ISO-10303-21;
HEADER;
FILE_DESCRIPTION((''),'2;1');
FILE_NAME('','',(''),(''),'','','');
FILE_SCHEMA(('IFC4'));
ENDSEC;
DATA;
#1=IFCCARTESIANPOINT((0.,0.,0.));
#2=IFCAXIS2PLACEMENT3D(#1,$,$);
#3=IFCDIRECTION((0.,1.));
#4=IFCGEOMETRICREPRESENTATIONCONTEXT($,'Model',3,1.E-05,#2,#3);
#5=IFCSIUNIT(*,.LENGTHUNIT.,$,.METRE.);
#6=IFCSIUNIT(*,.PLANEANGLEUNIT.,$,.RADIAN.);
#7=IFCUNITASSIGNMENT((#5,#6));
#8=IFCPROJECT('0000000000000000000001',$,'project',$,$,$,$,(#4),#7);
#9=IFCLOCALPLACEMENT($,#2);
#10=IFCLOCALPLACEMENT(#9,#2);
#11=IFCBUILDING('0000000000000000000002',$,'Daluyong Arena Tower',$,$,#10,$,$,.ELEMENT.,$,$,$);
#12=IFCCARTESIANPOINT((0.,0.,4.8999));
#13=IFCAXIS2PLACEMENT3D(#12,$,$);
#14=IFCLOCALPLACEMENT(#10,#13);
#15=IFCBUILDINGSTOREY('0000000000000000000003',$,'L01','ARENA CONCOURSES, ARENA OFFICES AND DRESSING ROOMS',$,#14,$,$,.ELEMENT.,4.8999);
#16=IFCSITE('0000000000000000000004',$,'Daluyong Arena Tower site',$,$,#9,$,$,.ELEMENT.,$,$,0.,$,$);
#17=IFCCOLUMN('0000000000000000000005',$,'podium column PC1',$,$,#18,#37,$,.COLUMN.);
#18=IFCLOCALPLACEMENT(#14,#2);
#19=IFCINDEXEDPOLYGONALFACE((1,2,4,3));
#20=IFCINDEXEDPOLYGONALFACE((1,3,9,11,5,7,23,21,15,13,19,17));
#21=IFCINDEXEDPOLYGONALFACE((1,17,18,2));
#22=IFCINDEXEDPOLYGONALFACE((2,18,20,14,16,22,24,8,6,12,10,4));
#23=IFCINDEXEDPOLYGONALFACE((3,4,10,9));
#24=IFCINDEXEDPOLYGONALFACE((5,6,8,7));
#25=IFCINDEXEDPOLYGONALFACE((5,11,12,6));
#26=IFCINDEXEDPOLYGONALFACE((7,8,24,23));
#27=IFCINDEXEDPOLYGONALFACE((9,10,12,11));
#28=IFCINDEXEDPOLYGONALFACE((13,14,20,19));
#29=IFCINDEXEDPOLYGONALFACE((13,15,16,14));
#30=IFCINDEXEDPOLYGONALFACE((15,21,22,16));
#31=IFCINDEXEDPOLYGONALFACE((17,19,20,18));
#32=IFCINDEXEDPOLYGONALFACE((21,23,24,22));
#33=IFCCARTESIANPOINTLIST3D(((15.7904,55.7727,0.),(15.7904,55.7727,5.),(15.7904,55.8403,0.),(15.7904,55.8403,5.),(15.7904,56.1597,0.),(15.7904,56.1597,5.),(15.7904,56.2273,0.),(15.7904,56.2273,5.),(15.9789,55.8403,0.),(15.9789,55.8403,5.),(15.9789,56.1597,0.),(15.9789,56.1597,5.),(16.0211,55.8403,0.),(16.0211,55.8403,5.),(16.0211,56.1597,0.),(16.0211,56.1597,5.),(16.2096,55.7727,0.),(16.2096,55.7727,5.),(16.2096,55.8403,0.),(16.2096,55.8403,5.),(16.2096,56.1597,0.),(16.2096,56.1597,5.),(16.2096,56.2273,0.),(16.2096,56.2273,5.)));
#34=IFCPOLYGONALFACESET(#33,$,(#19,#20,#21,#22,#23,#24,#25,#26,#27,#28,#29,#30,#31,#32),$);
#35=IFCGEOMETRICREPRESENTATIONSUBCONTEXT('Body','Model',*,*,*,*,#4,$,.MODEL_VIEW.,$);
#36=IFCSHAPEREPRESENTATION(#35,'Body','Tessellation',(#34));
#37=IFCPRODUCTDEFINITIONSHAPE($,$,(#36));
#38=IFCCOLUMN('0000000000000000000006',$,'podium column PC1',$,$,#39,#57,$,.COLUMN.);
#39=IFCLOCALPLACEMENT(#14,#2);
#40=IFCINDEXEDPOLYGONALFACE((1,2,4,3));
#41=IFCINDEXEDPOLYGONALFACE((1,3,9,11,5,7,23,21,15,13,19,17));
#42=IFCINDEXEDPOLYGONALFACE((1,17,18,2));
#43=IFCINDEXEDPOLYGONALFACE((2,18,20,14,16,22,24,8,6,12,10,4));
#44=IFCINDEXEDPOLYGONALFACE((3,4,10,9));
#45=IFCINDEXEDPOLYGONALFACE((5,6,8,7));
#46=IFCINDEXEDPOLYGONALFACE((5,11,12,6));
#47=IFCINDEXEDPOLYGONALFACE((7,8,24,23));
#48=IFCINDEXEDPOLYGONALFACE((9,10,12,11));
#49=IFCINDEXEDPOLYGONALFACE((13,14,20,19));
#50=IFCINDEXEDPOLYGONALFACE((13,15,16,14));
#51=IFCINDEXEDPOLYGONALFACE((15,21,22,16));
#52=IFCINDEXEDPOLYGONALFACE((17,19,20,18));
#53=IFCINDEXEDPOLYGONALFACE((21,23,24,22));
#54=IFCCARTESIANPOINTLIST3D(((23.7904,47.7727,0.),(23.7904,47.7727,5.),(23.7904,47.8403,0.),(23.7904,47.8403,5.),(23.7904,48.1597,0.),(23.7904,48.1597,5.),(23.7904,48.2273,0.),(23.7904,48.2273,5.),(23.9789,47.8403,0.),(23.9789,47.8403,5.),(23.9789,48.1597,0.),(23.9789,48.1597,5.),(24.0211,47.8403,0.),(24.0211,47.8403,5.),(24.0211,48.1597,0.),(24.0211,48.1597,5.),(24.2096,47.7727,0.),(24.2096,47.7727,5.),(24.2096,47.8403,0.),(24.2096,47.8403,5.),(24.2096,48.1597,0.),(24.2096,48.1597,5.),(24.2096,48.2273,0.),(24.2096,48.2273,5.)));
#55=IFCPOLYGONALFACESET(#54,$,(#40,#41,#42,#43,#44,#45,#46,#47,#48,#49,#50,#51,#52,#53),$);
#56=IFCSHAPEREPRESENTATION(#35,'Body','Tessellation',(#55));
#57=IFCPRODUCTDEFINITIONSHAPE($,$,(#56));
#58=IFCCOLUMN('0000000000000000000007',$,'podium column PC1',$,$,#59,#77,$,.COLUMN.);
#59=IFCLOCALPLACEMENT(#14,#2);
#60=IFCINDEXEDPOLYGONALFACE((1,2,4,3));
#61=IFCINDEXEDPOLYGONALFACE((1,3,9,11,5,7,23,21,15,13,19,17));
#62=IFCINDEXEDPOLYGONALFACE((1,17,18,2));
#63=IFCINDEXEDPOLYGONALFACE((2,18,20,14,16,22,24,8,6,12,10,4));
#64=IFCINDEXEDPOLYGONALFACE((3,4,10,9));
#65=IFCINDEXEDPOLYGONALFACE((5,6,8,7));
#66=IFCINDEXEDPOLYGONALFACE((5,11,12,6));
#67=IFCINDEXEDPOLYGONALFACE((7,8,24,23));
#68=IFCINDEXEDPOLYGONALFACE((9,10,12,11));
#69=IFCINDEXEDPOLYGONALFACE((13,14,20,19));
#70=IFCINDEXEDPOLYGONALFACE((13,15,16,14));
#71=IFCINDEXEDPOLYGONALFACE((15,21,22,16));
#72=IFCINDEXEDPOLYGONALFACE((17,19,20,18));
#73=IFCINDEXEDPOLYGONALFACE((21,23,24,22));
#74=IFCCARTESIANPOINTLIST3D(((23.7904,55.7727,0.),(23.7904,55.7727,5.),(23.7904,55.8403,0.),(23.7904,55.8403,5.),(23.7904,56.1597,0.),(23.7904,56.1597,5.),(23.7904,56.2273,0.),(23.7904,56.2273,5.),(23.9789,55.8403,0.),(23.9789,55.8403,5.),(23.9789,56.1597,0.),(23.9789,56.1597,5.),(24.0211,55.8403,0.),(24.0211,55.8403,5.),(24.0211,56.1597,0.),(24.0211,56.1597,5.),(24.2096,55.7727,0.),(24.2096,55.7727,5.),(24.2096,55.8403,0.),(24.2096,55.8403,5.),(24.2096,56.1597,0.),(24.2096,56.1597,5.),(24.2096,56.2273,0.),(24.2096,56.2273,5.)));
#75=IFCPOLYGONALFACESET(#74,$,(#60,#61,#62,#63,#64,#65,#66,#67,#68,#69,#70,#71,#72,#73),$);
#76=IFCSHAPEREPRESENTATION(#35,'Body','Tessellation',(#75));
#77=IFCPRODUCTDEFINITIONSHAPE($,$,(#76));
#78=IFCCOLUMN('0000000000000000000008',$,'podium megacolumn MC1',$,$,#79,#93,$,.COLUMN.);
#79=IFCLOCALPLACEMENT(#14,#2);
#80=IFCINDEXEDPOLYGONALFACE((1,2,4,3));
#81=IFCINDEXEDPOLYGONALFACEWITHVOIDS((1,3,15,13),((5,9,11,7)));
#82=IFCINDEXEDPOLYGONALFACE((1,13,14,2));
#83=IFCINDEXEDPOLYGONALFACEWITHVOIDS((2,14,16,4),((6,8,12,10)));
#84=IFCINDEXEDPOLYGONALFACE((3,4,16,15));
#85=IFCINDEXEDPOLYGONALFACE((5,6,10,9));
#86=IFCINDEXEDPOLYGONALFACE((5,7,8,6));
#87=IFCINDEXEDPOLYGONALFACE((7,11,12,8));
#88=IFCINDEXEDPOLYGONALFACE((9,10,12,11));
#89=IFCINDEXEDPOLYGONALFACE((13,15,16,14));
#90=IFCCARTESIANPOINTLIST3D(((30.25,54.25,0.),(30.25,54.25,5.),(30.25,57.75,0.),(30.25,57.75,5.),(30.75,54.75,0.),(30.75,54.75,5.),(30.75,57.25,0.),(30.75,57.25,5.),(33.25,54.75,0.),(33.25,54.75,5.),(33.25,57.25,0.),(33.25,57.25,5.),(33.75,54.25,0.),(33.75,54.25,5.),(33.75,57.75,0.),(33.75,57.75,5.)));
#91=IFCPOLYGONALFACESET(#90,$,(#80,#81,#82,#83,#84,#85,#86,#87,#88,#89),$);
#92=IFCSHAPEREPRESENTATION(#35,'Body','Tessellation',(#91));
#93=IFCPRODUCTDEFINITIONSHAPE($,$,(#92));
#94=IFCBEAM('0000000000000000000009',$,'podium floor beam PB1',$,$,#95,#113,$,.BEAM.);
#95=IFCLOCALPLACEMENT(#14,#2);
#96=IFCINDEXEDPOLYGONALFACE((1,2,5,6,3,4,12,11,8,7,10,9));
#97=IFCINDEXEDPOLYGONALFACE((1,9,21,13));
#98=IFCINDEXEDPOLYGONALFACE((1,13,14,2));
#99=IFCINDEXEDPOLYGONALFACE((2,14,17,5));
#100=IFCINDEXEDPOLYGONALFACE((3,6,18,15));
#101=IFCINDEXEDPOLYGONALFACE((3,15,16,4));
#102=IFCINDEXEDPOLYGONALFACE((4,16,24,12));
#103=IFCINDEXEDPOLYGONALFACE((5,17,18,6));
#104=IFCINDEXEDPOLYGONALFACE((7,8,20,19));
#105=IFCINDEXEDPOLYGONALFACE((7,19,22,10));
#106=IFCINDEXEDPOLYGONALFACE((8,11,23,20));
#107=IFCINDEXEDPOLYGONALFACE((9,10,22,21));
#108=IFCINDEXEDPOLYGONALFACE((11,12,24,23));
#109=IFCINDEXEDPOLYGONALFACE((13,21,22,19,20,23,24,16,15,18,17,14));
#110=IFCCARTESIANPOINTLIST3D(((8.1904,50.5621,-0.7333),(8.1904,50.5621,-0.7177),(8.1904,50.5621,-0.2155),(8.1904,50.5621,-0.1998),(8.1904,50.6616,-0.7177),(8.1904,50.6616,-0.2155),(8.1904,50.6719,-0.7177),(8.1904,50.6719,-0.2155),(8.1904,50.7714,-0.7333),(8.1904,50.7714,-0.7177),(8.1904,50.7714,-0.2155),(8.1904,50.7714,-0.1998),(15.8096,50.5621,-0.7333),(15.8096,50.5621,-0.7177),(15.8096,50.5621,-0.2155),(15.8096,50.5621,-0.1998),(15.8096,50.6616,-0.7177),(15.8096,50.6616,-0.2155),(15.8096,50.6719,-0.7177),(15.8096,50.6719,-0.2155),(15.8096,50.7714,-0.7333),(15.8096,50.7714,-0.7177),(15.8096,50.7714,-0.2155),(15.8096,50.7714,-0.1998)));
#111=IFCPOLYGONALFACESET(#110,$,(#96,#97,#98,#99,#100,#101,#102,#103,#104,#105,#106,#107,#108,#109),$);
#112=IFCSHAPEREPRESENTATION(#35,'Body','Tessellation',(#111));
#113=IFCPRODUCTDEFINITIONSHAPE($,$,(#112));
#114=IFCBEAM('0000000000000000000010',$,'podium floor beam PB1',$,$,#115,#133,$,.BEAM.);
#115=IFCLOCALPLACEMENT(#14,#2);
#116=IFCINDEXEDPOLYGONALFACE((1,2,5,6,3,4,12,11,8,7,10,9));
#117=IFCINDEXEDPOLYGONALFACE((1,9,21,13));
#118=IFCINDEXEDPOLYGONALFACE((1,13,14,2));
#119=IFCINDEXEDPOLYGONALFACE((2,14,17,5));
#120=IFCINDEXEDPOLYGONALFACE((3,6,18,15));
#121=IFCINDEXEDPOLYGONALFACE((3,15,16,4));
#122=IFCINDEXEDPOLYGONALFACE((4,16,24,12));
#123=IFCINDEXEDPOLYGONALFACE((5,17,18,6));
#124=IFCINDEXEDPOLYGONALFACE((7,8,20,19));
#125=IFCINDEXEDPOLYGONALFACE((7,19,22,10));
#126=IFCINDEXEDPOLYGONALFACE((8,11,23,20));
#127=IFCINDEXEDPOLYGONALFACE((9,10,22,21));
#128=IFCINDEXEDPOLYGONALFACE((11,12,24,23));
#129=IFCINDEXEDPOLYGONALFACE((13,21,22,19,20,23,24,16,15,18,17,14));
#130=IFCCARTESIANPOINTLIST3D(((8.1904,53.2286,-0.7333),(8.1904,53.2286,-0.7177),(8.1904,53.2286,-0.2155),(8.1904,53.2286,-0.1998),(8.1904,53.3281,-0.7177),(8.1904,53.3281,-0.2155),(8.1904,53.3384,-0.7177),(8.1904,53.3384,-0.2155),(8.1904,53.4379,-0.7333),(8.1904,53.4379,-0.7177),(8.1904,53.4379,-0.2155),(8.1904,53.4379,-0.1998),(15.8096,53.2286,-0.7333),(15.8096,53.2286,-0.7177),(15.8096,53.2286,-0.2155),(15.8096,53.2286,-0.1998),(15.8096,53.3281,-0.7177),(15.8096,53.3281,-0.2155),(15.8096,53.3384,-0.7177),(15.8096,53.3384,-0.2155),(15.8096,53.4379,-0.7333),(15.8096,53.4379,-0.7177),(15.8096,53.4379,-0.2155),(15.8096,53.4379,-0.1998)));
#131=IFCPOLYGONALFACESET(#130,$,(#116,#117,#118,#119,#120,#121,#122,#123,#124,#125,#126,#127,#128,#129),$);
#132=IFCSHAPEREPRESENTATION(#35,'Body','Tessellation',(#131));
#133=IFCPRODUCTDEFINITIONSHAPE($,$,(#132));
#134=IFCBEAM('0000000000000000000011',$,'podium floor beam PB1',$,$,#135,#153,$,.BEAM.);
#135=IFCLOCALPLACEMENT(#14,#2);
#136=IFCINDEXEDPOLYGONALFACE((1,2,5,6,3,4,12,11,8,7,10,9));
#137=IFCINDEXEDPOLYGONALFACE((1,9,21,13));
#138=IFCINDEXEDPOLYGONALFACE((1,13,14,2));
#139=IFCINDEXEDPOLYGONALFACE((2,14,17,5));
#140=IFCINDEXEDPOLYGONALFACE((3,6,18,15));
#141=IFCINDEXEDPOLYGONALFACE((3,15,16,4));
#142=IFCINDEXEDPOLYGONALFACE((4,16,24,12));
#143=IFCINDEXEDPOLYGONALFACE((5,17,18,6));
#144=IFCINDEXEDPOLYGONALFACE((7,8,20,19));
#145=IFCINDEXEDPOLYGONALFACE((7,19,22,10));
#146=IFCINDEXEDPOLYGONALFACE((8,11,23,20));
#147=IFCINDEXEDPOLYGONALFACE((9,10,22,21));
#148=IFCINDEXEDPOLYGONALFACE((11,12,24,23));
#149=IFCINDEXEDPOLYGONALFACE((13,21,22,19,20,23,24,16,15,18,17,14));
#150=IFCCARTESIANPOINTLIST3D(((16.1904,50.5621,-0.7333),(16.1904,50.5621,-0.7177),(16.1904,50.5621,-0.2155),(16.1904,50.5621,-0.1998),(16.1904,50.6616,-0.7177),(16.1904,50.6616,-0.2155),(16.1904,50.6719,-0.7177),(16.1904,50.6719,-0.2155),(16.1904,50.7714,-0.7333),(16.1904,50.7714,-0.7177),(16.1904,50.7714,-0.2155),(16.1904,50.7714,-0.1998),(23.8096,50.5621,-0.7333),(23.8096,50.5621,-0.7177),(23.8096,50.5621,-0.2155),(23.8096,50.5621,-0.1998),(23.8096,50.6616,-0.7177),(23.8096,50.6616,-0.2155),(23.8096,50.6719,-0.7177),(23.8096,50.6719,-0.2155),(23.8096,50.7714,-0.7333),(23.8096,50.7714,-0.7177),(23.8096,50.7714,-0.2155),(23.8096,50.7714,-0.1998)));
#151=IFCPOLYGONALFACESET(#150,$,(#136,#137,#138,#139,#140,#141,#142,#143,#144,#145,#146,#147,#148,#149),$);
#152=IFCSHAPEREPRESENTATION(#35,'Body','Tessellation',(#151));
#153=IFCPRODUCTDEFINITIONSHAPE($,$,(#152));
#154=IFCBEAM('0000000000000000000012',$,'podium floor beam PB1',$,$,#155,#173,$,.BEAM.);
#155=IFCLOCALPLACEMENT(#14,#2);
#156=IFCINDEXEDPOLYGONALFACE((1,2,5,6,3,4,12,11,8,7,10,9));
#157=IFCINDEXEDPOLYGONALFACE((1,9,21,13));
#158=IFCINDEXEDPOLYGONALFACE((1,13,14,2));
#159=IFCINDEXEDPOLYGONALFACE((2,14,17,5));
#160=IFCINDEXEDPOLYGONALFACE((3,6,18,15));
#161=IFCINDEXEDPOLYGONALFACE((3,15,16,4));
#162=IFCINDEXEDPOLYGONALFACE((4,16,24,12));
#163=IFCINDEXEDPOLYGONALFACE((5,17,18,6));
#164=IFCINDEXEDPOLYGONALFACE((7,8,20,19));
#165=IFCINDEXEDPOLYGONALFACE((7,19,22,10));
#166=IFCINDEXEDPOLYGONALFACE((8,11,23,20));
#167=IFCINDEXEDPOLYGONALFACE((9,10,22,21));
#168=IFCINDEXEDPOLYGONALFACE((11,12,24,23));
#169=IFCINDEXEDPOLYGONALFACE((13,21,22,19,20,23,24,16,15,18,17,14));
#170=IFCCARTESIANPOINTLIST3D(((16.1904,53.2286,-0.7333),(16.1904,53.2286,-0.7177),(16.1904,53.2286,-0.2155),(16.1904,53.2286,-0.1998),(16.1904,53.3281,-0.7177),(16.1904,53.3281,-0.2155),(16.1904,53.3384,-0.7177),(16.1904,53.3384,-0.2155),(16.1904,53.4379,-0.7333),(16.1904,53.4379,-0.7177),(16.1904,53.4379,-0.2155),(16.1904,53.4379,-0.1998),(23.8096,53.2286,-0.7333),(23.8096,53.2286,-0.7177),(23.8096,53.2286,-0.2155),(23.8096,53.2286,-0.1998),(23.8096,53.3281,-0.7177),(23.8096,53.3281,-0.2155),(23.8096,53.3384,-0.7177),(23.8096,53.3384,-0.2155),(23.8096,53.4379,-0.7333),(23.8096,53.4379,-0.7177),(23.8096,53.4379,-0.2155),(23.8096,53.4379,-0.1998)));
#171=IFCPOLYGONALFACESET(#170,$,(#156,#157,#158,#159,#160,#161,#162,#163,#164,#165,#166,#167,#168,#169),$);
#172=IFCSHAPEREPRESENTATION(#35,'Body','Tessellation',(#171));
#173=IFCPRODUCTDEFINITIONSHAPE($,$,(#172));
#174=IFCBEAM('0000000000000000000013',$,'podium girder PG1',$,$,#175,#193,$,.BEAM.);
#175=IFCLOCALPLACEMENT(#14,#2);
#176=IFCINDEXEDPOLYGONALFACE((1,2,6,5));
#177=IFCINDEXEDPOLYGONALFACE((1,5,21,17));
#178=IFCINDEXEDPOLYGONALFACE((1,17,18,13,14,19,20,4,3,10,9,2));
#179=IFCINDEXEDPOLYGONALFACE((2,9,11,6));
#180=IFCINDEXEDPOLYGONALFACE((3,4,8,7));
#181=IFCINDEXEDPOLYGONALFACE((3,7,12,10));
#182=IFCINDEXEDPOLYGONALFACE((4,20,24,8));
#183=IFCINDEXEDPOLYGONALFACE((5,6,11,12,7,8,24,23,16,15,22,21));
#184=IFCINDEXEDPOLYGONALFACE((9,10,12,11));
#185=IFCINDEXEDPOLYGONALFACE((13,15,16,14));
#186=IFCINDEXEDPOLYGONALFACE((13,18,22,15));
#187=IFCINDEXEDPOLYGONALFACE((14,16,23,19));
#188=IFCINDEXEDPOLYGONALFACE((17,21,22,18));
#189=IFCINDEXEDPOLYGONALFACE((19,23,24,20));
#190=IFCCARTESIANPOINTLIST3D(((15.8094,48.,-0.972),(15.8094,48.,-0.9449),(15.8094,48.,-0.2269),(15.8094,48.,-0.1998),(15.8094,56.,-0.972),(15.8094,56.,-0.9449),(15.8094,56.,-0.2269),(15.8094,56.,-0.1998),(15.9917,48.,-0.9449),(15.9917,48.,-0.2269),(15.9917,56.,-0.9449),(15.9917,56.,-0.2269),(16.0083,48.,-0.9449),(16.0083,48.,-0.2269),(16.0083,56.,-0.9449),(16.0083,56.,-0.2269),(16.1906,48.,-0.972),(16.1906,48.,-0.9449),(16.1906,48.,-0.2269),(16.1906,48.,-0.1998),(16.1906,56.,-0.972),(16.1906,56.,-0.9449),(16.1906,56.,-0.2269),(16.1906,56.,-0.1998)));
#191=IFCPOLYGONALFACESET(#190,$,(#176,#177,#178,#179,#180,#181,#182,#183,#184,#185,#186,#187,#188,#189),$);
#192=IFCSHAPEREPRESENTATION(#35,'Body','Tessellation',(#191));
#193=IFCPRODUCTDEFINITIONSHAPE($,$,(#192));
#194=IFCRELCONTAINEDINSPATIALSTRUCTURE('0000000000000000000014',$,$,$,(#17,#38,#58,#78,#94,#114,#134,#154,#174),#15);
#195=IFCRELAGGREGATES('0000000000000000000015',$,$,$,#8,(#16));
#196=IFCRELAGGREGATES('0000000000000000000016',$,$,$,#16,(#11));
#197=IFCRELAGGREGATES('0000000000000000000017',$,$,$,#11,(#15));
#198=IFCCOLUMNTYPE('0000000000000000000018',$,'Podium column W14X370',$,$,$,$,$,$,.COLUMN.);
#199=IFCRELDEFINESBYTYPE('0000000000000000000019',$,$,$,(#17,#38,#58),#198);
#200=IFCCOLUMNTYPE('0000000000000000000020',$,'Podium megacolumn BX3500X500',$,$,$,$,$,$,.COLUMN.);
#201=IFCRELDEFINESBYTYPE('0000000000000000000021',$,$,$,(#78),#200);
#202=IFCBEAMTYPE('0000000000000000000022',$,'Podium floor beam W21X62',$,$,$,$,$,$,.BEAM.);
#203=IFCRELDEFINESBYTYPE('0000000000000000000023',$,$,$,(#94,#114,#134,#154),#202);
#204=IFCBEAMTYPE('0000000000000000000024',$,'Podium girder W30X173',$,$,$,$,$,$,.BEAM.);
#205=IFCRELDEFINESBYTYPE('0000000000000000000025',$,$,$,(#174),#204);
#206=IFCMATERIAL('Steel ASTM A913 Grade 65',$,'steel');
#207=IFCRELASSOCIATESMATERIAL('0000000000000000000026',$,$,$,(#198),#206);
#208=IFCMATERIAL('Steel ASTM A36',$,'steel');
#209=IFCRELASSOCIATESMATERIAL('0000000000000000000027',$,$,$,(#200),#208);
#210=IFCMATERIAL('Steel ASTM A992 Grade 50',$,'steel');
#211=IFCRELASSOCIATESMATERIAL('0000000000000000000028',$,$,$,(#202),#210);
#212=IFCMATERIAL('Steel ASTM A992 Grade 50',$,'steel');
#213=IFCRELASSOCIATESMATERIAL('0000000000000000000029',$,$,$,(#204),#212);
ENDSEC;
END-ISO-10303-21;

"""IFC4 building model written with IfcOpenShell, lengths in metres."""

from ifc_helpers import new_model, si_unit, direction, frame, origin, origin_2d, place, context, subcontext, project, spatial, hollow_rectangle, i_section, extrude, material, material_profile, profile_set, type_object, element, save


model = new_model("IFC4")

# Units and contexts
model_context = context("Model", 3, precision=1e-05, world=origin(), true_north=direction((0.0, 1.0)))
body_context = subcontext(model_context, "Body", "Model", "MODEL_VIEW")
ifc_project = project(units=[si_unit("LENGTHUNIT", "METRE"), si_unit("PLANEANGLEUNIT", "RADIAN")], contexts=[model_context])

# Site, building, storey
site_placement = place(None, origin())
site = spatial("IfcSite", under=ifc_project, at=site_placement, Name="Daluyong Arena Tower site", CompositionType="ELEMENT", RefElevation=0.0)
building_placement = place(site_placement, origin())
building = spatial("IfcBuilding", under=site, at=building_placement, Name="Daluyong Arena Tower", CompositionType="ELEMENT")
storey_placement = place(building_placement, frame((0.0, 0.0, 4.8999)))
storey = spatial("IfcBuildingStorey", under=building, at=storey_placement, Name="L01", Description="ARENA CONCOURSES, ARENA OFFICES AND DRESSING ROOMS", CompositionType="ELEMENT", Elevation=4.8999)

# Columns
ifc_material_1 = material(Name="Steel ASTM A913 Grade 65", Category="steel")
ifc_material_profile_1 = material_profile(ifc_material_1, i_section(OverallWidth=0.4192, OverallDepth=0.4546, WebThickness=0.0422, FlangeThickness=0.0676, at=origin_2d()))
ifc_profile_set_1 = profile_set([ifc_material_profile_1], Name="Steel ASTM A913 Grade 65")
column_type_1 = type_object("IfcColumnType", Name="Podium column W14X370", PredefinedType="COLUMN", material=ifc_profile_set_1)
for number, where, z_axis, x_axis, name in (
    (1, (16.0, 56.0, 0.0), (0.0, 0.0, 1.0), (1.0, 0.0, 0.0), "podium column PC1"),
    (2, (24.0, 48.0, 0.0), (0.0, 0.0, 1.0), (1.0, 0.0, 0.0), "podium column PC1"),
    (3, (24.0, 56.0, 0.0), (0.0, 0.0, 1.0), (1.0, 0.0, 0.0), "podium column PC1"),
):
    element("IfcColumn", number, at=place(storey_placement, frame(where, z_axis=z_axis, x_axis=x_axis)), inside=storey, type_object=column_type_1, Name=name, PredefinedType="COLUMN", context=body_context, shape_type="SweptSolid", body=[
        extrude(i_section(OverallWidth=0.4192, OverallDepth=0.4546, WebThickness=0.0422, FlangeThickness=0.0676, at=origin_2d()), origin(), (0.0, 0.0, 1.0), 5.0),
    ])
ifc_material_2 = material(Name="Steel ASTM A36", Category="steel")
ifc_material_profile_2 = material_profile(ifc_material_2, hollow_rectangle(XDim=3.5, YDim=3.5, WallThickness=0.5, at=origin_2d()))
ifc_profile_set_2 = profile_set([ifc_material_profile_2], Name="Steel ASTM A36")
column_type_2 = type_object("IfcColumnType", Name="Podium megacolumn BX3500X500", PredefinedType="COLUMN", material=ifc_profile_set_2)
column_placement = place(storey_placement, frame((32.0, 56.0, 0.0), z_axis=(0.0, 0.0, 1.0), x_axis=(1.0, 0.0, 0.0)))
element("IfcColumn", 4, at=column_placement, inside=storey, type_object=column_type_2, Name="podium megacolumn MC1", PredefinedType="COLUMN", context=body_context, shape_type="SweptSolid", body=[
    extrude(hollow_rectangle(XDim=3.5, YDim=3.5, WallThickness=0.5, at=origin_2d()), origin(), (0.0, 0.0, 1.0), 5.0),
])

# Beams
ifc_material_3 = material(Name="Steel ASTM A992 Grade 50", Category="steel")
ifc_material_profile_3 = material_profile(ifc_material_3, i_section(OverallWidth=0.2092, OverallDepth=0.5334, WebThickness=0.0103, FlangeThickness=0.0156, at=origin_2d()))
ifc_profile_set_3 = profile_set([ifc_material_profile_3], Name="Steel ASTM A992 Grade 50")
beam_type_1 = type_object("IfcBeamType", Name="Podium floor beam W21X62", PredefinedType="BEAM", material=ifc_profile_set_3)
for number, where, z_axis, x_axis, name in (
    (5, (8.1904, 50.6667, -0.4666), (1.0, 0.0, 0.0), (0.0, 1.0, 0.0), "podium floor beam PB1"),
    (6, (8.1904, 53.3333, -0.4666), (1.0, 0.0, 0.0), (0.0, 1.0, 0.0), "podium floor beam PB1"),
    (7, (16.1904, 50.6667, -0.4666), (1.0, 0.0, 0.0), (0.0, 1.0, 0.0), "podium floor beam PB1"),
    (8, (16.1904, 53.3333, -0.4666), (1.0, 0.0, 0.0), (0.0, 1.0, 0.0), "podium floor beam PB1"),
):
    element("IfcBeam", number, at=place(storey_placement, frame(where, z_axis=z_axis, x_axis=x_axis)), inside=storey, type_object=beam_type_1, Name=name, PredefinedType="BEAM", context=body_context, shape_type="SweptSolid", body=[
        extrude(i_section(OverallWidth=0.2092, OverallDepth=0.5334, WebThickness=0.0103, FlangeThickness=0.0156, at=origin_2d()), origin(), (0.0, 0.0, 1.0), 7.6191),
    ])
ifc_material_4 = material(Name="Steel ASTM A992 Grade 50", Category="steel")
ifc_material_profile_4 = material_profile(ifc_material_4, i_section(OverallWidth=0.3811, OverallDepth=0.7722, WebThickness=0.0166, FlangeThickness=0.0271, at=origin_2d()))
ifc_profile_set_4 = profile_set([ifc_material_profile_4], Name="Steel ASTM A992 Grade 50")
beam_type_2 = type_object("IfcBeamType", Name="Podium girder W30X173", PredefinedType="BEAM", material=ifc_profile_set_4)
for number, where, z_axis, x_axis, name in (
    (9, (16.0, 48.0, -0.5859), (0.0, 1.0, 0.0), (-1.0, 0.0, 0.0), "podium girder PG1"),
):
    element("IfcBeam", number, at=place(storey_placement, frame(where, z_axis=z_axis, x_axis=x_axis)), inside=storey, type_object=beam_type_2, Name=name, PredefinedType="BEAM", context=body_context, shape_type="SweptSolid", body=[
        extrude(i_section(OverallWidth=0.3811, OverallDepth=0.7722, WebThickness=0.0166, FlangeThickness=0.0271, at=origin_2d()), origin(), (0.0, 0.0, 1.0), 8.0),
    ])

save(model, "model.ifc")
